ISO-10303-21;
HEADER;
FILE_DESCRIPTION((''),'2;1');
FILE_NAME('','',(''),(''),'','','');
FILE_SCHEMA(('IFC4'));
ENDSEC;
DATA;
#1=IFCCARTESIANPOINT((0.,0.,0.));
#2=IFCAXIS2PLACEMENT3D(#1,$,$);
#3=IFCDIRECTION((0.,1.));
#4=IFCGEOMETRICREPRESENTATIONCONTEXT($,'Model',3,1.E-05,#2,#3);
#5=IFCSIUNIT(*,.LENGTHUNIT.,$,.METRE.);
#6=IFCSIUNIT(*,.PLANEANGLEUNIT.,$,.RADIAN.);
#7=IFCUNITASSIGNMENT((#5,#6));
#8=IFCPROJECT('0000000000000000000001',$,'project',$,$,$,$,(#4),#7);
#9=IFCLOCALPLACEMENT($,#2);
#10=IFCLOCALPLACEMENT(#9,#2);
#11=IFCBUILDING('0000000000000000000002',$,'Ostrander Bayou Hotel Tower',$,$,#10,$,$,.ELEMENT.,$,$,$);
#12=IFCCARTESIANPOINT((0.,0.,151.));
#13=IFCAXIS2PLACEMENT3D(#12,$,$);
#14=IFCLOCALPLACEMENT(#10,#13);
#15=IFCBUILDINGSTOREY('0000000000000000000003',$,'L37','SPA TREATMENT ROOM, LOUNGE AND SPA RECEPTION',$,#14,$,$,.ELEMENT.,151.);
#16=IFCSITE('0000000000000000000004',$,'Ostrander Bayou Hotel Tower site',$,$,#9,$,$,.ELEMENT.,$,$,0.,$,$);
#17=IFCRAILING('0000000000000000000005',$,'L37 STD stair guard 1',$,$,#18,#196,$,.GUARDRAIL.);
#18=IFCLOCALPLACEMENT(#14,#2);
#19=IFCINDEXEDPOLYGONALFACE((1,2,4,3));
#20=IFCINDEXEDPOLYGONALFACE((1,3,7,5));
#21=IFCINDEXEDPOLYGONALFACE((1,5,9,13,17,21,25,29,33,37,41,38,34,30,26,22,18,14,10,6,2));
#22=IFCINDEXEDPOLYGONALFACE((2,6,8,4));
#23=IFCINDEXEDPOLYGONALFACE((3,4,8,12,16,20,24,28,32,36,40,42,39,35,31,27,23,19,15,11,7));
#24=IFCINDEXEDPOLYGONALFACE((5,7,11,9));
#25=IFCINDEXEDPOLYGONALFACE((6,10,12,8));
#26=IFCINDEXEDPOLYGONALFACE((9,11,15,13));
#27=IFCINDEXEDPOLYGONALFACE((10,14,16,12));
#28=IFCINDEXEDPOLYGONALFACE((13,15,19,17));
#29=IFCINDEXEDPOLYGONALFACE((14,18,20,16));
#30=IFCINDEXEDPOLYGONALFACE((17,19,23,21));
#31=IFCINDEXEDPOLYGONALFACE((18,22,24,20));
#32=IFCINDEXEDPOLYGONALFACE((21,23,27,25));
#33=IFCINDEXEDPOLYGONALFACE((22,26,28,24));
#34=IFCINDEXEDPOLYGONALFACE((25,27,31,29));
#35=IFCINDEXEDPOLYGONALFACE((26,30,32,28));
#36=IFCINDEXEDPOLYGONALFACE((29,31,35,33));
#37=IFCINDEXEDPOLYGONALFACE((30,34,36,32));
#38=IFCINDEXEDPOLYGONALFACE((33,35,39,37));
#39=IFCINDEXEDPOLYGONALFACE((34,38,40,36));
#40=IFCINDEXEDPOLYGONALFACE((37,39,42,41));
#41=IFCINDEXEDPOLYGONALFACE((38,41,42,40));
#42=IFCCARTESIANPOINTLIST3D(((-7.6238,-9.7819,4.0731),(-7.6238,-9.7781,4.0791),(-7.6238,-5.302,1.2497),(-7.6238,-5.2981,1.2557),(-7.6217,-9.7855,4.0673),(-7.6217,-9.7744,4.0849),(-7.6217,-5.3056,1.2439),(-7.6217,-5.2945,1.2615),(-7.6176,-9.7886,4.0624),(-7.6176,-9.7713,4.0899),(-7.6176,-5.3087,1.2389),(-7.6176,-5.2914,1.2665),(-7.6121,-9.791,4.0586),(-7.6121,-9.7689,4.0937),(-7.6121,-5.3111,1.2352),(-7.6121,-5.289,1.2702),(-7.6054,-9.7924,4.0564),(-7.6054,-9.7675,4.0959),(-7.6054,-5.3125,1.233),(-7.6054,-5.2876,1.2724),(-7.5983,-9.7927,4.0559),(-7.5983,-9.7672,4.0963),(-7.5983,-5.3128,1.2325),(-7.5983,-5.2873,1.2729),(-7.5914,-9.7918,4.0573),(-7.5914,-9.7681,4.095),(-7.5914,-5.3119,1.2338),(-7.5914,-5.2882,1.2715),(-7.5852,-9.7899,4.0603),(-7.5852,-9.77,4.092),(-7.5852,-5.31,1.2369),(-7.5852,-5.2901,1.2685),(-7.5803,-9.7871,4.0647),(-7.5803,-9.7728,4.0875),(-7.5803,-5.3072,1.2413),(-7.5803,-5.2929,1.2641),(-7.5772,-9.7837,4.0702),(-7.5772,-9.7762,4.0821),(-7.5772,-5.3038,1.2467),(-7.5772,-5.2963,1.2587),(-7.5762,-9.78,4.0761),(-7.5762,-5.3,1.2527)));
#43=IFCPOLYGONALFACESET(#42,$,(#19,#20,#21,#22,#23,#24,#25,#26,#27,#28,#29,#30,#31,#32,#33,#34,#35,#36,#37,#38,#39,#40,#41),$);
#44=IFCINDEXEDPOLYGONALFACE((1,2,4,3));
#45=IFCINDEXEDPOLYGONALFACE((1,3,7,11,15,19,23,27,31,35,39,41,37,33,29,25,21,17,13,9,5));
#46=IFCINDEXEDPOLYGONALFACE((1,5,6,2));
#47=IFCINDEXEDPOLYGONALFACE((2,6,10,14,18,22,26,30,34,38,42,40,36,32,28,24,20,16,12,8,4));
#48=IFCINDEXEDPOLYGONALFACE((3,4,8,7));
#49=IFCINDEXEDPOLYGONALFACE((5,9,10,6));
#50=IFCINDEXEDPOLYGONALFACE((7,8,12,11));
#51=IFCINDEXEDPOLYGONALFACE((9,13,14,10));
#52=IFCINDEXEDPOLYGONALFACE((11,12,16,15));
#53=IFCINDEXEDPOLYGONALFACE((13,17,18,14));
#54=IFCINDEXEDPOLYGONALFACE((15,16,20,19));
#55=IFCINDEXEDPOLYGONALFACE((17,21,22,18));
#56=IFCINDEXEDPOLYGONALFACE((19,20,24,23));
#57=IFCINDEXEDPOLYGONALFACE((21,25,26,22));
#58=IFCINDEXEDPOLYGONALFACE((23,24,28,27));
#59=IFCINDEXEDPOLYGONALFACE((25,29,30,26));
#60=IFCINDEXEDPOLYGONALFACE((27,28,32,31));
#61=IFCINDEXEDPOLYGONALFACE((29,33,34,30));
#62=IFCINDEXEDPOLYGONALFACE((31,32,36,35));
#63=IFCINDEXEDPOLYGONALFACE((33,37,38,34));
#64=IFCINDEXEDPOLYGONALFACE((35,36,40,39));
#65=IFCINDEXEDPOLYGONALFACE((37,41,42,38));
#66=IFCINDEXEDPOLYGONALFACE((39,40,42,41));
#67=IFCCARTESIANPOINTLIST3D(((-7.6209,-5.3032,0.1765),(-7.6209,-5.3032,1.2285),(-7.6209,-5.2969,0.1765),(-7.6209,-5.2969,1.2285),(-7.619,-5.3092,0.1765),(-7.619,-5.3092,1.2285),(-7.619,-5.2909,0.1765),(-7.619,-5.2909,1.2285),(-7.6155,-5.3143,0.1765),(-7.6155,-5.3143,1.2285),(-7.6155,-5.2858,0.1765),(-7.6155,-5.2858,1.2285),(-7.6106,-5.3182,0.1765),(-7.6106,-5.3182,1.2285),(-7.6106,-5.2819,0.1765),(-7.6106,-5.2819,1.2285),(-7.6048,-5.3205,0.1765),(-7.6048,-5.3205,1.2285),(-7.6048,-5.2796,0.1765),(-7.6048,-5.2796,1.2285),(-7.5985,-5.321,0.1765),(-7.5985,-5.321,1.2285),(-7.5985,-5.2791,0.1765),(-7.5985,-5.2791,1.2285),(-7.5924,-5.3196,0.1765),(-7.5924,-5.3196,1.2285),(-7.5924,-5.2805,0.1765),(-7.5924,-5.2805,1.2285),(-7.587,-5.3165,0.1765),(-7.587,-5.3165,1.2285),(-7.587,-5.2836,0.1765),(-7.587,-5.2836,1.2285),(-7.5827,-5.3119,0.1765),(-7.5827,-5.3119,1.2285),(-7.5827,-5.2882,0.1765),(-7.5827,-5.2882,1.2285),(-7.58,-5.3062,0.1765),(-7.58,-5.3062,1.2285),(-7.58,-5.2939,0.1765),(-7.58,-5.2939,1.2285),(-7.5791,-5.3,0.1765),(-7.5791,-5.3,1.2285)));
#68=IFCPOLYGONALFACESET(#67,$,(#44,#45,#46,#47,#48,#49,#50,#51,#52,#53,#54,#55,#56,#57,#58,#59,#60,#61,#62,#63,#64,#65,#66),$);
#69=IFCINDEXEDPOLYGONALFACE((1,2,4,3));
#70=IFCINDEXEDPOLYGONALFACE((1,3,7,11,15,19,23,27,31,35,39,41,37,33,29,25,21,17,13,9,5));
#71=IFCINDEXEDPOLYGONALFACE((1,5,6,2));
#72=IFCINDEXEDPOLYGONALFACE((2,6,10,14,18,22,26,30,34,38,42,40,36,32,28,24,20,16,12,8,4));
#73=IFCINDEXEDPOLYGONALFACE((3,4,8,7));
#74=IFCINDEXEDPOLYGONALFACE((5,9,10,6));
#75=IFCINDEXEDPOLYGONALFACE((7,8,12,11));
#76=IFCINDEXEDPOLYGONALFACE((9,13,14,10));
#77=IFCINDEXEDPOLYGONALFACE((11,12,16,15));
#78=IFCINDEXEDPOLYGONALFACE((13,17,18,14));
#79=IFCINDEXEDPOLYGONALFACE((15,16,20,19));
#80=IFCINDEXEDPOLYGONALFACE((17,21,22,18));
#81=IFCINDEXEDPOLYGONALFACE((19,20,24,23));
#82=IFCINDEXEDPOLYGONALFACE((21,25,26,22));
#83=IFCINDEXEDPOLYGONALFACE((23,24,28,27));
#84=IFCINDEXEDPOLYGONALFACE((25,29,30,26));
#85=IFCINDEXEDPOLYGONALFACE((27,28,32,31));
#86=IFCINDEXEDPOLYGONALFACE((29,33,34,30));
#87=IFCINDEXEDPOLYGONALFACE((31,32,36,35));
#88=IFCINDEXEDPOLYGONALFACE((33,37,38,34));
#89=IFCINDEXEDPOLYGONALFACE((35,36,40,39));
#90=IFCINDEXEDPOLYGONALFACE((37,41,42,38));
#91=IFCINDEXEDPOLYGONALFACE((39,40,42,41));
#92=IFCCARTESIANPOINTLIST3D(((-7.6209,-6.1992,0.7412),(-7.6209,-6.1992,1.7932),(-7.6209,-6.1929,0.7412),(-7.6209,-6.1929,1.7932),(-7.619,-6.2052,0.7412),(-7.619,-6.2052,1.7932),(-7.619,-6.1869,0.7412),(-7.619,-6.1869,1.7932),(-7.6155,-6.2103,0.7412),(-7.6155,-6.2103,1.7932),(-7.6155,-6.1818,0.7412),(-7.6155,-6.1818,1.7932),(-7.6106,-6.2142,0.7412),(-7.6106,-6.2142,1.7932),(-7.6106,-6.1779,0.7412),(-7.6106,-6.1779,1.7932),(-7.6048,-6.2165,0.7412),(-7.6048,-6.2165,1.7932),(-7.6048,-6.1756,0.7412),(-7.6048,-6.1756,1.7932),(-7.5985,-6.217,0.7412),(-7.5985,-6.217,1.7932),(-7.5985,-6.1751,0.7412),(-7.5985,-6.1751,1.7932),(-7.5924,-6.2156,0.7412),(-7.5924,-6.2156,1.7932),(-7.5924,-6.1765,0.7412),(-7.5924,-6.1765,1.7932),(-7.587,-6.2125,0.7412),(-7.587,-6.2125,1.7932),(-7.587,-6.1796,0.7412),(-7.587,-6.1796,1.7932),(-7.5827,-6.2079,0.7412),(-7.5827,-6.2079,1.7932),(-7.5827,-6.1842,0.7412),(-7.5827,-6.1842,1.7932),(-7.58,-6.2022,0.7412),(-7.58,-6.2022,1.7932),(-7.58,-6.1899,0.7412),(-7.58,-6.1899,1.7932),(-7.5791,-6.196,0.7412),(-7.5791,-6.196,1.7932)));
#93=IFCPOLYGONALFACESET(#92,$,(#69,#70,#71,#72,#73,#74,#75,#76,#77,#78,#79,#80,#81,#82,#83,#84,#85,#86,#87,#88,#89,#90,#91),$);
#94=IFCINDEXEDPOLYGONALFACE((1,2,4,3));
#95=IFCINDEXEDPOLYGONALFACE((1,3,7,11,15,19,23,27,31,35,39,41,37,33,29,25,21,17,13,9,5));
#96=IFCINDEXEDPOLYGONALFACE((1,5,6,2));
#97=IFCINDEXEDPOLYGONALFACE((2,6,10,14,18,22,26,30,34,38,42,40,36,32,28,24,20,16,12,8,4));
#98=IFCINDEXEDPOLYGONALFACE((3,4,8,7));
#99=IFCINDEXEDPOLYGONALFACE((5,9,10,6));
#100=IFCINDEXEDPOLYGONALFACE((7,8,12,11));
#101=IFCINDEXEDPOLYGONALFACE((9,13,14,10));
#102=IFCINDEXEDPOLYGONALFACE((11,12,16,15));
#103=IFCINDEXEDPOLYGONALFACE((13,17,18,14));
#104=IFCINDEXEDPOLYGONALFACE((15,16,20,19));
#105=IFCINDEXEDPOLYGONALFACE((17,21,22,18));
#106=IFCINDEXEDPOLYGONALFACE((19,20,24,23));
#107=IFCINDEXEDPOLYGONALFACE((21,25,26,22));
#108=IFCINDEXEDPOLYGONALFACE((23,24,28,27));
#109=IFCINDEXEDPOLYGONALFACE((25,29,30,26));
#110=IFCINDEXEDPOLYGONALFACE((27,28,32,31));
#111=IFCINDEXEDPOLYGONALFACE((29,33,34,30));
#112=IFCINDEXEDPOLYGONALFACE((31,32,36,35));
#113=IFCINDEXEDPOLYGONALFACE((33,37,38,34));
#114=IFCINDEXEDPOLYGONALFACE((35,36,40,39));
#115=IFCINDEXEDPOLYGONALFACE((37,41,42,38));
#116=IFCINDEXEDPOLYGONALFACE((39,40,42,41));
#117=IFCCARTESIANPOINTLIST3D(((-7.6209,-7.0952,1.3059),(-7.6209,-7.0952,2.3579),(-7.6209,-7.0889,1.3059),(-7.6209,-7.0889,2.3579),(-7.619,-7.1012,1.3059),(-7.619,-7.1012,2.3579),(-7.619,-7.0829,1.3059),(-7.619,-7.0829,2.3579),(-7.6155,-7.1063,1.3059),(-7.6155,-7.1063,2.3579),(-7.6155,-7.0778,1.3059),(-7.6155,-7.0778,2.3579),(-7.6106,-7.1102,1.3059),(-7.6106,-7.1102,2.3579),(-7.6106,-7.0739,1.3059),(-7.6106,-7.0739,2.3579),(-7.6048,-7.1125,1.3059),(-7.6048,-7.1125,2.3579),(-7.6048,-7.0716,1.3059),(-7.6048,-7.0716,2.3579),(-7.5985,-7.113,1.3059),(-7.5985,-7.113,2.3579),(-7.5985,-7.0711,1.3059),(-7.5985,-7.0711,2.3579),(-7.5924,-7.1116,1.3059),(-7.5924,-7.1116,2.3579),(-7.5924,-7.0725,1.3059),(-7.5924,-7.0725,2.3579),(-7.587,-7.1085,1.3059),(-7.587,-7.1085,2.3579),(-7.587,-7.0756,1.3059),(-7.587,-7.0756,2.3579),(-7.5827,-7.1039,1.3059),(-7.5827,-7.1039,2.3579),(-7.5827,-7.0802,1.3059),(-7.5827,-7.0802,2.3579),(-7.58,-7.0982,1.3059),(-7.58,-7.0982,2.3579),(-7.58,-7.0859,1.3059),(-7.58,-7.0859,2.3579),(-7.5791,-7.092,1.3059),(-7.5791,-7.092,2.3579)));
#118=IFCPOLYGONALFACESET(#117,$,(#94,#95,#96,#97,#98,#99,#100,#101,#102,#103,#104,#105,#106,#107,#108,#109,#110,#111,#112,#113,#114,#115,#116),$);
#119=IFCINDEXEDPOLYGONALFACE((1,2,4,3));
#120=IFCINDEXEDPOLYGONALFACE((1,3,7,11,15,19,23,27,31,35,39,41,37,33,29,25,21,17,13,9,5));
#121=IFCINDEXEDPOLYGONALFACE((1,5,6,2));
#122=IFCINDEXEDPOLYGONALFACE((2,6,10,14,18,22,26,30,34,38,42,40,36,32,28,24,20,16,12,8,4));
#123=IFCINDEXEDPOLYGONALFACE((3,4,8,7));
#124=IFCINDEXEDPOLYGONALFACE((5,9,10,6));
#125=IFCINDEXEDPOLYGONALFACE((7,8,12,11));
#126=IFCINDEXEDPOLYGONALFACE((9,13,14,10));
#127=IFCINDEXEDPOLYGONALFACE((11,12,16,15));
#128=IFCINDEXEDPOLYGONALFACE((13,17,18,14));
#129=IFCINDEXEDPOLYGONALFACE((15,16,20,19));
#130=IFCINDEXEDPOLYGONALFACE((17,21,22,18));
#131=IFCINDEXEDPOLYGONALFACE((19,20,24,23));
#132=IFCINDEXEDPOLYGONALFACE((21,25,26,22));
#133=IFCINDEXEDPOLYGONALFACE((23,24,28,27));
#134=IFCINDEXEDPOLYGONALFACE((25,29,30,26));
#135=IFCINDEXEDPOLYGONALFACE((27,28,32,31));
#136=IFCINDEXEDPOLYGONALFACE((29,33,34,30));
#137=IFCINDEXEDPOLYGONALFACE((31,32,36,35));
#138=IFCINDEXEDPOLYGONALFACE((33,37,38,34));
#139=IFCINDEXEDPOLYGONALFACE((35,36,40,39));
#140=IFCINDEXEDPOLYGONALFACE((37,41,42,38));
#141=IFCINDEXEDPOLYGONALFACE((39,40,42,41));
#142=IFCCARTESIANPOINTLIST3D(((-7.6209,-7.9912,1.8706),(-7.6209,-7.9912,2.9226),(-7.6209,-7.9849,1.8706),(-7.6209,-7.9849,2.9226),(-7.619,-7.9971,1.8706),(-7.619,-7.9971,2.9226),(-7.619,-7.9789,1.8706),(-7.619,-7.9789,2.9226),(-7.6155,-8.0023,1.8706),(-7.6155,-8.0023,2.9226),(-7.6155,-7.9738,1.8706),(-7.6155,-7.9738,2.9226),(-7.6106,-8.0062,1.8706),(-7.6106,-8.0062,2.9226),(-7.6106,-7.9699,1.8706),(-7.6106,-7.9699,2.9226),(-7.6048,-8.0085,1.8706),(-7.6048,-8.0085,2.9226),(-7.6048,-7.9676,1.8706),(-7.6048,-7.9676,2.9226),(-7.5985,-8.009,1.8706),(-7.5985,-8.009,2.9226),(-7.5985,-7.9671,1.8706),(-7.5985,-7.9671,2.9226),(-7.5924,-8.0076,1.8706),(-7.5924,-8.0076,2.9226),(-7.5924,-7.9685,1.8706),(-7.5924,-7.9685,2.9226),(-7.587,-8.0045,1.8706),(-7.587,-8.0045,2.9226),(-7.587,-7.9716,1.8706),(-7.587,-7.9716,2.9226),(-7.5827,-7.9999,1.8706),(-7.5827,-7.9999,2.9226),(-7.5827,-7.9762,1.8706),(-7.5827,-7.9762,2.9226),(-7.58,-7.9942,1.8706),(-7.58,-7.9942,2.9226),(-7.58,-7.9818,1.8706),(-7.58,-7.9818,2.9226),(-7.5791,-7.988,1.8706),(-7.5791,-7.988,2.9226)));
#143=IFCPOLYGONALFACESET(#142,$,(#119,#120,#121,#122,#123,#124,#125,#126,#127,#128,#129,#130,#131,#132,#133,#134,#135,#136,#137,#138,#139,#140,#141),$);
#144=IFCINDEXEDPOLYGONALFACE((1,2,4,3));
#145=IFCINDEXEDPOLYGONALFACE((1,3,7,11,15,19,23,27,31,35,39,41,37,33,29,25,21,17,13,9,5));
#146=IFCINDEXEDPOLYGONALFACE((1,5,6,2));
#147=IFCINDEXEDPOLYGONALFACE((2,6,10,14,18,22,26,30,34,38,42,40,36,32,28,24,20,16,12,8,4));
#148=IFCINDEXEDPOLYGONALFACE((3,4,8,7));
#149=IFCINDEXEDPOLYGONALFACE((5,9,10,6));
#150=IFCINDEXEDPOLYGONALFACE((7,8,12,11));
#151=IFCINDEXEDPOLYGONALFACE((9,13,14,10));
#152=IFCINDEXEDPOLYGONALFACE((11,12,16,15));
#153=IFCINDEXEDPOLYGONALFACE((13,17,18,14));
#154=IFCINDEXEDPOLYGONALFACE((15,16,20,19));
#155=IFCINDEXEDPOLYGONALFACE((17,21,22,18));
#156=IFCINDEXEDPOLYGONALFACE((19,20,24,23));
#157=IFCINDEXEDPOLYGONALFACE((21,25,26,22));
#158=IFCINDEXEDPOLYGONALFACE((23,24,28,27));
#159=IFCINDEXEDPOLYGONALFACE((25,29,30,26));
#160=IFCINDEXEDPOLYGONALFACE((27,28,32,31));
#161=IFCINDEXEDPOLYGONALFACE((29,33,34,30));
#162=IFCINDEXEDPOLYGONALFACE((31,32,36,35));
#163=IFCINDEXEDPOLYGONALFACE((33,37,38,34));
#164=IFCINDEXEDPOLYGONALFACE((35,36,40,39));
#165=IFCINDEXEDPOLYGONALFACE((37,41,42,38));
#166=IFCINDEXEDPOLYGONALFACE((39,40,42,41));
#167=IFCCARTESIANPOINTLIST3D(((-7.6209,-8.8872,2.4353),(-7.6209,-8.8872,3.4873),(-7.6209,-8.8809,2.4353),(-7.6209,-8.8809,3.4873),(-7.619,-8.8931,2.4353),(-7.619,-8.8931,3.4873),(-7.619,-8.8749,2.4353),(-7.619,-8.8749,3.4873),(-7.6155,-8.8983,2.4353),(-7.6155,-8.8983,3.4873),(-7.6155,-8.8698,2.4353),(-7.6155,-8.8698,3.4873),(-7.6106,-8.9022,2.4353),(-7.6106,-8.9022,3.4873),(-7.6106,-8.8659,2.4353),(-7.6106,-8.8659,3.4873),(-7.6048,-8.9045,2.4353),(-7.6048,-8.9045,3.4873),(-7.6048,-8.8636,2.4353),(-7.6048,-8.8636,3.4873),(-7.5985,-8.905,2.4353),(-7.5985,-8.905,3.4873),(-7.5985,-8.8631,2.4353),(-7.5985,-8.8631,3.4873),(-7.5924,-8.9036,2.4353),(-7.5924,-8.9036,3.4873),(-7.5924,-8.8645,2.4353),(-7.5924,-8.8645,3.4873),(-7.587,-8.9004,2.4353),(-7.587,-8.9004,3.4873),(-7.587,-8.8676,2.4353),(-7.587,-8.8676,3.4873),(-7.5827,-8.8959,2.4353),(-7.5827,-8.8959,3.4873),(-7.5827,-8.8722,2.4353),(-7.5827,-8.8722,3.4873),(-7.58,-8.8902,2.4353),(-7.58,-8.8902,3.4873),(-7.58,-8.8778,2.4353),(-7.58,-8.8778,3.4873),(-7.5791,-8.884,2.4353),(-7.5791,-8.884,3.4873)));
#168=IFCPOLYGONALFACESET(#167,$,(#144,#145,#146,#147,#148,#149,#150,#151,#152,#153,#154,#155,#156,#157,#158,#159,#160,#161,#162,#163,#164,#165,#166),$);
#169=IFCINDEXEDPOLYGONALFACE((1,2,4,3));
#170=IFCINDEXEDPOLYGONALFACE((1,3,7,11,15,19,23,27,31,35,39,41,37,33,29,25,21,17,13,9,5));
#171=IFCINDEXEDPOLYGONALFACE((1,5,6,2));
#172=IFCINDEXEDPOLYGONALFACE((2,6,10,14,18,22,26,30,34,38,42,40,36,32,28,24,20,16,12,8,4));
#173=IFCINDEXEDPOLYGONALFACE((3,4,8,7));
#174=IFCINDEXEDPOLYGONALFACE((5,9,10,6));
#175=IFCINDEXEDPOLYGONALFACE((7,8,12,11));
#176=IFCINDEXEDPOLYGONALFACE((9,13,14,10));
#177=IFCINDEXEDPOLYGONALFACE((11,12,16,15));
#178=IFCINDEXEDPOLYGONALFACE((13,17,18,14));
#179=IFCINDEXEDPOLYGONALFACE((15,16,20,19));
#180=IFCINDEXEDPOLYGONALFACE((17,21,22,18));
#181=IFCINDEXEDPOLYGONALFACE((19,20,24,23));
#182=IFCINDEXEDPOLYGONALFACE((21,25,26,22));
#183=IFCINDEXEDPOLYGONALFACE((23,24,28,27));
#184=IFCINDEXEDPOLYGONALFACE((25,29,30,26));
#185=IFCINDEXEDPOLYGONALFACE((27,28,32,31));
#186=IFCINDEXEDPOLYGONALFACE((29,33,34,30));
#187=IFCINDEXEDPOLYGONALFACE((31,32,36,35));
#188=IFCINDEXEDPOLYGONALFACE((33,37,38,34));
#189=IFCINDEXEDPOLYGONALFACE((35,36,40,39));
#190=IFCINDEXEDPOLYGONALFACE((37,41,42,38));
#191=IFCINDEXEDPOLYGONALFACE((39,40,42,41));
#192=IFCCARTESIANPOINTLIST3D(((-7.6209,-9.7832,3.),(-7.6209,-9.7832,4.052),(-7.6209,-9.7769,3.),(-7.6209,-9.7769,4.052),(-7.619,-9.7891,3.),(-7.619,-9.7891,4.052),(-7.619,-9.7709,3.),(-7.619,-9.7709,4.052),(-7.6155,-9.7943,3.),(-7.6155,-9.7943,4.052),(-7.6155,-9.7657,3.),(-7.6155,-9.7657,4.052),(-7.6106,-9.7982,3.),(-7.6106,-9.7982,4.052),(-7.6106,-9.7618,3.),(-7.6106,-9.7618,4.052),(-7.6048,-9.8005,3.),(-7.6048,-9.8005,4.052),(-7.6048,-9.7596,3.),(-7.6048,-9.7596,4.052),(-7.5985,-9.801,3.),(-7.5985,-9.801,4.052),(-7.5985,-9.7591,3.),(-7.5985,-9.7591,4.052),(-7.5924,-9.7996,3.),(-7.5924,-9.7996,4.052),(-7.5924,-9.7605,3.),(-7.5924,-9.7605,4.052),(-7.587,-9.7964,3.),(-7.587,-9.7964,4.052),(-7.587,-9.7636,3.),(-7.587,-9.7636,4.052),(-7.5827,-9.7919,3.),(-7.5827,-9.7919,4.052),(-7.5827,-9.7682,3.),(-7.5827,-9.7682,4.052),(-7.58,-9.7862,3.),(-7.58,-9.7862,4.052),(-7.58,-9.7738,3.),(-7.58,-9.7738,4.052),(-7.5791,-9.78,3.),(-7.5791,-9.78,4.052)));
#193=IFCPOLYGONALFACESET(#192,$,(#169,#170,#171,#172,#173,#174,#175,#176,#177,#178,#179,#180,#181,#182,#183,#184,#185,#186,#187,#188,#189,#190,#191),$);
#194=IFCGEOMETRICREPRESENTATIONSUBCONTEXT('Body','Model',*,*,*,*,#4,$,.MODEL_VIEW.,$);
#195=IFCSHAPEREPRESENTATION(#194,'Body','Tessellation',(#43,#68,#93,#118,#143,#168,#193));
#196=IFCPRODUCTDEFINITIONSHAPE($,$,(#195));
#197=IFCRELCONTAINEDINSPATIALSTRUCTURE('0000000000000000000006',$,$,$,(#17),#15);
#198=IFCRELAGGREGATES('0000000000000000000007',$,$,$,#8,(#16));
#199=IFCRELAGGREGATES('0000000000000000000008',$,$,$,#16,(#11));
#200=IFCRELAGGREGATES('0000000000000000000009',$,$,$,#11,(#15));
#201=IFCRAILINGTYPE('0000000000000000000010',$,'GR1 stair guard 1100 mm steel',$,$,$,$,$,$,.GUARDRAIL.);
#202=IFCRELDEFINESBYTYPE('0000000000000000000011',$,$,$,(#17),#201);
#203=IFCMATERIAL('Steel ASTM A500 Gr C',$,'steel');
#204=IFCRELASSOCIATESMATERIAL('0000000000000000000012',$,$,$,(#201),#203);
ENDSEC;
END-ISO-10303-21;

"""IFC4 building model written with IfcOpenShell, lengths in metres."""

from ifc_helpers import new_model, si_unit, direction, frame, origin, origin_2d, place, context, subcontext, project, spatial, circle, extrude, material, type_object, element, save


model = new_model("IFC4")

# Units and contexts
model_context = context("Model", 3, precision=1e-05, world=origin(), true_north=direction((0.0, 1.0)))
body_context = subcontext(model_context, "Body", "Model", "MODEL_VIEW")
ifc_project = project(units=[si_unit("LENGTHUNIT", "METRE"), si_unit("PLANEANGLEUNIT", "RADIAN")], contexts=[model_context])

# Site, building, storey
site_placement = place(None, origin())
site = spatial("IfcSite", under=ifc_project, at=site_placement, Name="Ostrander Bayou Hotel Tower site", CompositionType="ELEMENT", RefElevation=0.0)
building_placement = place(site_placement, origin())
building = spatial("IfcBuilding", under=site, at=building_placement, Name="Ostrander Bayou Hotel Tower", CompositionType="ELEMENT")
storey_placement = place(building_placement, frame((0.0, 0.0, 151.0)))
storey = spatial("IfcBuildingStorey", under=building, at=storey_placement, Name="L37", Description="SPA TREATMENT ROOM, LOUNGE AND SPA RECEPTION", CompositionType="ELEMENT", Elevation=151.0)

# Railing
ifc_material_1 = material(Name="Steel ASTM A500 Gr C", Category="steel")
railing_type_1 = type_object("IfcRailingType", Name="GR1 stair guard 1100 mm steel", PredefinedType="GUARDRAIL", material=ifc_material_1)
railing_1_placement = place(storey_placement, frame((-7.6001, -5.3, 0.1765)))
element("IfcRailing", 1, at=railing_1_placement, inside=storey, type_object=railing_type_1, Name="L37 STD stair guard 1", PredefinedType="GUARDRAIL", context=body_context, shape_type="SweptSolid", body=[
    extrude(circle(Radius=0.0239, at=origin_2d()), frame((0.0, 0.0, 1.0762), z_axis=(0.0, -0.845998, 0.533186), x_axis=(1.0, 0.0, 0.0)), (0.0, 0.0, 1.0), 5.2954),
    extrude(circle(Radius=0.021, at=origin_2d()), origin(), (0.0, 0.0, 1.0), 1.052),
    extrude(circle(Radius=0.021, at=origin_2d()), frame((0.0, -0.896, 0.5647)), (0.0, 0.0, 1.0), 1.052),
    extrude(circle(Radius=0.021, at=origin_2d()), frame((0.0, -1.792, 1.1294)), (0.0, 0.0, 1.0), 1.052),
    extrude(circle(Radius=0.021, at=origin_2d()), frame((0.0, -2.688, 1.6941)), (0.0, 0.0, 1.0), 1.052),
    extrude(circle(Radius=0.021, at=origin_2d()), frame((0.0, -3.584, 2.2588)), (0.0, 0.0, 1.0), 1.052),
    extrude(circle(Radius=0.021, at=origin_2d()), frame((0.0, -4.48, 2.8235)), (0.0, 0.0, 1.0), 1.052),
])

save(model, "model.ifc")
